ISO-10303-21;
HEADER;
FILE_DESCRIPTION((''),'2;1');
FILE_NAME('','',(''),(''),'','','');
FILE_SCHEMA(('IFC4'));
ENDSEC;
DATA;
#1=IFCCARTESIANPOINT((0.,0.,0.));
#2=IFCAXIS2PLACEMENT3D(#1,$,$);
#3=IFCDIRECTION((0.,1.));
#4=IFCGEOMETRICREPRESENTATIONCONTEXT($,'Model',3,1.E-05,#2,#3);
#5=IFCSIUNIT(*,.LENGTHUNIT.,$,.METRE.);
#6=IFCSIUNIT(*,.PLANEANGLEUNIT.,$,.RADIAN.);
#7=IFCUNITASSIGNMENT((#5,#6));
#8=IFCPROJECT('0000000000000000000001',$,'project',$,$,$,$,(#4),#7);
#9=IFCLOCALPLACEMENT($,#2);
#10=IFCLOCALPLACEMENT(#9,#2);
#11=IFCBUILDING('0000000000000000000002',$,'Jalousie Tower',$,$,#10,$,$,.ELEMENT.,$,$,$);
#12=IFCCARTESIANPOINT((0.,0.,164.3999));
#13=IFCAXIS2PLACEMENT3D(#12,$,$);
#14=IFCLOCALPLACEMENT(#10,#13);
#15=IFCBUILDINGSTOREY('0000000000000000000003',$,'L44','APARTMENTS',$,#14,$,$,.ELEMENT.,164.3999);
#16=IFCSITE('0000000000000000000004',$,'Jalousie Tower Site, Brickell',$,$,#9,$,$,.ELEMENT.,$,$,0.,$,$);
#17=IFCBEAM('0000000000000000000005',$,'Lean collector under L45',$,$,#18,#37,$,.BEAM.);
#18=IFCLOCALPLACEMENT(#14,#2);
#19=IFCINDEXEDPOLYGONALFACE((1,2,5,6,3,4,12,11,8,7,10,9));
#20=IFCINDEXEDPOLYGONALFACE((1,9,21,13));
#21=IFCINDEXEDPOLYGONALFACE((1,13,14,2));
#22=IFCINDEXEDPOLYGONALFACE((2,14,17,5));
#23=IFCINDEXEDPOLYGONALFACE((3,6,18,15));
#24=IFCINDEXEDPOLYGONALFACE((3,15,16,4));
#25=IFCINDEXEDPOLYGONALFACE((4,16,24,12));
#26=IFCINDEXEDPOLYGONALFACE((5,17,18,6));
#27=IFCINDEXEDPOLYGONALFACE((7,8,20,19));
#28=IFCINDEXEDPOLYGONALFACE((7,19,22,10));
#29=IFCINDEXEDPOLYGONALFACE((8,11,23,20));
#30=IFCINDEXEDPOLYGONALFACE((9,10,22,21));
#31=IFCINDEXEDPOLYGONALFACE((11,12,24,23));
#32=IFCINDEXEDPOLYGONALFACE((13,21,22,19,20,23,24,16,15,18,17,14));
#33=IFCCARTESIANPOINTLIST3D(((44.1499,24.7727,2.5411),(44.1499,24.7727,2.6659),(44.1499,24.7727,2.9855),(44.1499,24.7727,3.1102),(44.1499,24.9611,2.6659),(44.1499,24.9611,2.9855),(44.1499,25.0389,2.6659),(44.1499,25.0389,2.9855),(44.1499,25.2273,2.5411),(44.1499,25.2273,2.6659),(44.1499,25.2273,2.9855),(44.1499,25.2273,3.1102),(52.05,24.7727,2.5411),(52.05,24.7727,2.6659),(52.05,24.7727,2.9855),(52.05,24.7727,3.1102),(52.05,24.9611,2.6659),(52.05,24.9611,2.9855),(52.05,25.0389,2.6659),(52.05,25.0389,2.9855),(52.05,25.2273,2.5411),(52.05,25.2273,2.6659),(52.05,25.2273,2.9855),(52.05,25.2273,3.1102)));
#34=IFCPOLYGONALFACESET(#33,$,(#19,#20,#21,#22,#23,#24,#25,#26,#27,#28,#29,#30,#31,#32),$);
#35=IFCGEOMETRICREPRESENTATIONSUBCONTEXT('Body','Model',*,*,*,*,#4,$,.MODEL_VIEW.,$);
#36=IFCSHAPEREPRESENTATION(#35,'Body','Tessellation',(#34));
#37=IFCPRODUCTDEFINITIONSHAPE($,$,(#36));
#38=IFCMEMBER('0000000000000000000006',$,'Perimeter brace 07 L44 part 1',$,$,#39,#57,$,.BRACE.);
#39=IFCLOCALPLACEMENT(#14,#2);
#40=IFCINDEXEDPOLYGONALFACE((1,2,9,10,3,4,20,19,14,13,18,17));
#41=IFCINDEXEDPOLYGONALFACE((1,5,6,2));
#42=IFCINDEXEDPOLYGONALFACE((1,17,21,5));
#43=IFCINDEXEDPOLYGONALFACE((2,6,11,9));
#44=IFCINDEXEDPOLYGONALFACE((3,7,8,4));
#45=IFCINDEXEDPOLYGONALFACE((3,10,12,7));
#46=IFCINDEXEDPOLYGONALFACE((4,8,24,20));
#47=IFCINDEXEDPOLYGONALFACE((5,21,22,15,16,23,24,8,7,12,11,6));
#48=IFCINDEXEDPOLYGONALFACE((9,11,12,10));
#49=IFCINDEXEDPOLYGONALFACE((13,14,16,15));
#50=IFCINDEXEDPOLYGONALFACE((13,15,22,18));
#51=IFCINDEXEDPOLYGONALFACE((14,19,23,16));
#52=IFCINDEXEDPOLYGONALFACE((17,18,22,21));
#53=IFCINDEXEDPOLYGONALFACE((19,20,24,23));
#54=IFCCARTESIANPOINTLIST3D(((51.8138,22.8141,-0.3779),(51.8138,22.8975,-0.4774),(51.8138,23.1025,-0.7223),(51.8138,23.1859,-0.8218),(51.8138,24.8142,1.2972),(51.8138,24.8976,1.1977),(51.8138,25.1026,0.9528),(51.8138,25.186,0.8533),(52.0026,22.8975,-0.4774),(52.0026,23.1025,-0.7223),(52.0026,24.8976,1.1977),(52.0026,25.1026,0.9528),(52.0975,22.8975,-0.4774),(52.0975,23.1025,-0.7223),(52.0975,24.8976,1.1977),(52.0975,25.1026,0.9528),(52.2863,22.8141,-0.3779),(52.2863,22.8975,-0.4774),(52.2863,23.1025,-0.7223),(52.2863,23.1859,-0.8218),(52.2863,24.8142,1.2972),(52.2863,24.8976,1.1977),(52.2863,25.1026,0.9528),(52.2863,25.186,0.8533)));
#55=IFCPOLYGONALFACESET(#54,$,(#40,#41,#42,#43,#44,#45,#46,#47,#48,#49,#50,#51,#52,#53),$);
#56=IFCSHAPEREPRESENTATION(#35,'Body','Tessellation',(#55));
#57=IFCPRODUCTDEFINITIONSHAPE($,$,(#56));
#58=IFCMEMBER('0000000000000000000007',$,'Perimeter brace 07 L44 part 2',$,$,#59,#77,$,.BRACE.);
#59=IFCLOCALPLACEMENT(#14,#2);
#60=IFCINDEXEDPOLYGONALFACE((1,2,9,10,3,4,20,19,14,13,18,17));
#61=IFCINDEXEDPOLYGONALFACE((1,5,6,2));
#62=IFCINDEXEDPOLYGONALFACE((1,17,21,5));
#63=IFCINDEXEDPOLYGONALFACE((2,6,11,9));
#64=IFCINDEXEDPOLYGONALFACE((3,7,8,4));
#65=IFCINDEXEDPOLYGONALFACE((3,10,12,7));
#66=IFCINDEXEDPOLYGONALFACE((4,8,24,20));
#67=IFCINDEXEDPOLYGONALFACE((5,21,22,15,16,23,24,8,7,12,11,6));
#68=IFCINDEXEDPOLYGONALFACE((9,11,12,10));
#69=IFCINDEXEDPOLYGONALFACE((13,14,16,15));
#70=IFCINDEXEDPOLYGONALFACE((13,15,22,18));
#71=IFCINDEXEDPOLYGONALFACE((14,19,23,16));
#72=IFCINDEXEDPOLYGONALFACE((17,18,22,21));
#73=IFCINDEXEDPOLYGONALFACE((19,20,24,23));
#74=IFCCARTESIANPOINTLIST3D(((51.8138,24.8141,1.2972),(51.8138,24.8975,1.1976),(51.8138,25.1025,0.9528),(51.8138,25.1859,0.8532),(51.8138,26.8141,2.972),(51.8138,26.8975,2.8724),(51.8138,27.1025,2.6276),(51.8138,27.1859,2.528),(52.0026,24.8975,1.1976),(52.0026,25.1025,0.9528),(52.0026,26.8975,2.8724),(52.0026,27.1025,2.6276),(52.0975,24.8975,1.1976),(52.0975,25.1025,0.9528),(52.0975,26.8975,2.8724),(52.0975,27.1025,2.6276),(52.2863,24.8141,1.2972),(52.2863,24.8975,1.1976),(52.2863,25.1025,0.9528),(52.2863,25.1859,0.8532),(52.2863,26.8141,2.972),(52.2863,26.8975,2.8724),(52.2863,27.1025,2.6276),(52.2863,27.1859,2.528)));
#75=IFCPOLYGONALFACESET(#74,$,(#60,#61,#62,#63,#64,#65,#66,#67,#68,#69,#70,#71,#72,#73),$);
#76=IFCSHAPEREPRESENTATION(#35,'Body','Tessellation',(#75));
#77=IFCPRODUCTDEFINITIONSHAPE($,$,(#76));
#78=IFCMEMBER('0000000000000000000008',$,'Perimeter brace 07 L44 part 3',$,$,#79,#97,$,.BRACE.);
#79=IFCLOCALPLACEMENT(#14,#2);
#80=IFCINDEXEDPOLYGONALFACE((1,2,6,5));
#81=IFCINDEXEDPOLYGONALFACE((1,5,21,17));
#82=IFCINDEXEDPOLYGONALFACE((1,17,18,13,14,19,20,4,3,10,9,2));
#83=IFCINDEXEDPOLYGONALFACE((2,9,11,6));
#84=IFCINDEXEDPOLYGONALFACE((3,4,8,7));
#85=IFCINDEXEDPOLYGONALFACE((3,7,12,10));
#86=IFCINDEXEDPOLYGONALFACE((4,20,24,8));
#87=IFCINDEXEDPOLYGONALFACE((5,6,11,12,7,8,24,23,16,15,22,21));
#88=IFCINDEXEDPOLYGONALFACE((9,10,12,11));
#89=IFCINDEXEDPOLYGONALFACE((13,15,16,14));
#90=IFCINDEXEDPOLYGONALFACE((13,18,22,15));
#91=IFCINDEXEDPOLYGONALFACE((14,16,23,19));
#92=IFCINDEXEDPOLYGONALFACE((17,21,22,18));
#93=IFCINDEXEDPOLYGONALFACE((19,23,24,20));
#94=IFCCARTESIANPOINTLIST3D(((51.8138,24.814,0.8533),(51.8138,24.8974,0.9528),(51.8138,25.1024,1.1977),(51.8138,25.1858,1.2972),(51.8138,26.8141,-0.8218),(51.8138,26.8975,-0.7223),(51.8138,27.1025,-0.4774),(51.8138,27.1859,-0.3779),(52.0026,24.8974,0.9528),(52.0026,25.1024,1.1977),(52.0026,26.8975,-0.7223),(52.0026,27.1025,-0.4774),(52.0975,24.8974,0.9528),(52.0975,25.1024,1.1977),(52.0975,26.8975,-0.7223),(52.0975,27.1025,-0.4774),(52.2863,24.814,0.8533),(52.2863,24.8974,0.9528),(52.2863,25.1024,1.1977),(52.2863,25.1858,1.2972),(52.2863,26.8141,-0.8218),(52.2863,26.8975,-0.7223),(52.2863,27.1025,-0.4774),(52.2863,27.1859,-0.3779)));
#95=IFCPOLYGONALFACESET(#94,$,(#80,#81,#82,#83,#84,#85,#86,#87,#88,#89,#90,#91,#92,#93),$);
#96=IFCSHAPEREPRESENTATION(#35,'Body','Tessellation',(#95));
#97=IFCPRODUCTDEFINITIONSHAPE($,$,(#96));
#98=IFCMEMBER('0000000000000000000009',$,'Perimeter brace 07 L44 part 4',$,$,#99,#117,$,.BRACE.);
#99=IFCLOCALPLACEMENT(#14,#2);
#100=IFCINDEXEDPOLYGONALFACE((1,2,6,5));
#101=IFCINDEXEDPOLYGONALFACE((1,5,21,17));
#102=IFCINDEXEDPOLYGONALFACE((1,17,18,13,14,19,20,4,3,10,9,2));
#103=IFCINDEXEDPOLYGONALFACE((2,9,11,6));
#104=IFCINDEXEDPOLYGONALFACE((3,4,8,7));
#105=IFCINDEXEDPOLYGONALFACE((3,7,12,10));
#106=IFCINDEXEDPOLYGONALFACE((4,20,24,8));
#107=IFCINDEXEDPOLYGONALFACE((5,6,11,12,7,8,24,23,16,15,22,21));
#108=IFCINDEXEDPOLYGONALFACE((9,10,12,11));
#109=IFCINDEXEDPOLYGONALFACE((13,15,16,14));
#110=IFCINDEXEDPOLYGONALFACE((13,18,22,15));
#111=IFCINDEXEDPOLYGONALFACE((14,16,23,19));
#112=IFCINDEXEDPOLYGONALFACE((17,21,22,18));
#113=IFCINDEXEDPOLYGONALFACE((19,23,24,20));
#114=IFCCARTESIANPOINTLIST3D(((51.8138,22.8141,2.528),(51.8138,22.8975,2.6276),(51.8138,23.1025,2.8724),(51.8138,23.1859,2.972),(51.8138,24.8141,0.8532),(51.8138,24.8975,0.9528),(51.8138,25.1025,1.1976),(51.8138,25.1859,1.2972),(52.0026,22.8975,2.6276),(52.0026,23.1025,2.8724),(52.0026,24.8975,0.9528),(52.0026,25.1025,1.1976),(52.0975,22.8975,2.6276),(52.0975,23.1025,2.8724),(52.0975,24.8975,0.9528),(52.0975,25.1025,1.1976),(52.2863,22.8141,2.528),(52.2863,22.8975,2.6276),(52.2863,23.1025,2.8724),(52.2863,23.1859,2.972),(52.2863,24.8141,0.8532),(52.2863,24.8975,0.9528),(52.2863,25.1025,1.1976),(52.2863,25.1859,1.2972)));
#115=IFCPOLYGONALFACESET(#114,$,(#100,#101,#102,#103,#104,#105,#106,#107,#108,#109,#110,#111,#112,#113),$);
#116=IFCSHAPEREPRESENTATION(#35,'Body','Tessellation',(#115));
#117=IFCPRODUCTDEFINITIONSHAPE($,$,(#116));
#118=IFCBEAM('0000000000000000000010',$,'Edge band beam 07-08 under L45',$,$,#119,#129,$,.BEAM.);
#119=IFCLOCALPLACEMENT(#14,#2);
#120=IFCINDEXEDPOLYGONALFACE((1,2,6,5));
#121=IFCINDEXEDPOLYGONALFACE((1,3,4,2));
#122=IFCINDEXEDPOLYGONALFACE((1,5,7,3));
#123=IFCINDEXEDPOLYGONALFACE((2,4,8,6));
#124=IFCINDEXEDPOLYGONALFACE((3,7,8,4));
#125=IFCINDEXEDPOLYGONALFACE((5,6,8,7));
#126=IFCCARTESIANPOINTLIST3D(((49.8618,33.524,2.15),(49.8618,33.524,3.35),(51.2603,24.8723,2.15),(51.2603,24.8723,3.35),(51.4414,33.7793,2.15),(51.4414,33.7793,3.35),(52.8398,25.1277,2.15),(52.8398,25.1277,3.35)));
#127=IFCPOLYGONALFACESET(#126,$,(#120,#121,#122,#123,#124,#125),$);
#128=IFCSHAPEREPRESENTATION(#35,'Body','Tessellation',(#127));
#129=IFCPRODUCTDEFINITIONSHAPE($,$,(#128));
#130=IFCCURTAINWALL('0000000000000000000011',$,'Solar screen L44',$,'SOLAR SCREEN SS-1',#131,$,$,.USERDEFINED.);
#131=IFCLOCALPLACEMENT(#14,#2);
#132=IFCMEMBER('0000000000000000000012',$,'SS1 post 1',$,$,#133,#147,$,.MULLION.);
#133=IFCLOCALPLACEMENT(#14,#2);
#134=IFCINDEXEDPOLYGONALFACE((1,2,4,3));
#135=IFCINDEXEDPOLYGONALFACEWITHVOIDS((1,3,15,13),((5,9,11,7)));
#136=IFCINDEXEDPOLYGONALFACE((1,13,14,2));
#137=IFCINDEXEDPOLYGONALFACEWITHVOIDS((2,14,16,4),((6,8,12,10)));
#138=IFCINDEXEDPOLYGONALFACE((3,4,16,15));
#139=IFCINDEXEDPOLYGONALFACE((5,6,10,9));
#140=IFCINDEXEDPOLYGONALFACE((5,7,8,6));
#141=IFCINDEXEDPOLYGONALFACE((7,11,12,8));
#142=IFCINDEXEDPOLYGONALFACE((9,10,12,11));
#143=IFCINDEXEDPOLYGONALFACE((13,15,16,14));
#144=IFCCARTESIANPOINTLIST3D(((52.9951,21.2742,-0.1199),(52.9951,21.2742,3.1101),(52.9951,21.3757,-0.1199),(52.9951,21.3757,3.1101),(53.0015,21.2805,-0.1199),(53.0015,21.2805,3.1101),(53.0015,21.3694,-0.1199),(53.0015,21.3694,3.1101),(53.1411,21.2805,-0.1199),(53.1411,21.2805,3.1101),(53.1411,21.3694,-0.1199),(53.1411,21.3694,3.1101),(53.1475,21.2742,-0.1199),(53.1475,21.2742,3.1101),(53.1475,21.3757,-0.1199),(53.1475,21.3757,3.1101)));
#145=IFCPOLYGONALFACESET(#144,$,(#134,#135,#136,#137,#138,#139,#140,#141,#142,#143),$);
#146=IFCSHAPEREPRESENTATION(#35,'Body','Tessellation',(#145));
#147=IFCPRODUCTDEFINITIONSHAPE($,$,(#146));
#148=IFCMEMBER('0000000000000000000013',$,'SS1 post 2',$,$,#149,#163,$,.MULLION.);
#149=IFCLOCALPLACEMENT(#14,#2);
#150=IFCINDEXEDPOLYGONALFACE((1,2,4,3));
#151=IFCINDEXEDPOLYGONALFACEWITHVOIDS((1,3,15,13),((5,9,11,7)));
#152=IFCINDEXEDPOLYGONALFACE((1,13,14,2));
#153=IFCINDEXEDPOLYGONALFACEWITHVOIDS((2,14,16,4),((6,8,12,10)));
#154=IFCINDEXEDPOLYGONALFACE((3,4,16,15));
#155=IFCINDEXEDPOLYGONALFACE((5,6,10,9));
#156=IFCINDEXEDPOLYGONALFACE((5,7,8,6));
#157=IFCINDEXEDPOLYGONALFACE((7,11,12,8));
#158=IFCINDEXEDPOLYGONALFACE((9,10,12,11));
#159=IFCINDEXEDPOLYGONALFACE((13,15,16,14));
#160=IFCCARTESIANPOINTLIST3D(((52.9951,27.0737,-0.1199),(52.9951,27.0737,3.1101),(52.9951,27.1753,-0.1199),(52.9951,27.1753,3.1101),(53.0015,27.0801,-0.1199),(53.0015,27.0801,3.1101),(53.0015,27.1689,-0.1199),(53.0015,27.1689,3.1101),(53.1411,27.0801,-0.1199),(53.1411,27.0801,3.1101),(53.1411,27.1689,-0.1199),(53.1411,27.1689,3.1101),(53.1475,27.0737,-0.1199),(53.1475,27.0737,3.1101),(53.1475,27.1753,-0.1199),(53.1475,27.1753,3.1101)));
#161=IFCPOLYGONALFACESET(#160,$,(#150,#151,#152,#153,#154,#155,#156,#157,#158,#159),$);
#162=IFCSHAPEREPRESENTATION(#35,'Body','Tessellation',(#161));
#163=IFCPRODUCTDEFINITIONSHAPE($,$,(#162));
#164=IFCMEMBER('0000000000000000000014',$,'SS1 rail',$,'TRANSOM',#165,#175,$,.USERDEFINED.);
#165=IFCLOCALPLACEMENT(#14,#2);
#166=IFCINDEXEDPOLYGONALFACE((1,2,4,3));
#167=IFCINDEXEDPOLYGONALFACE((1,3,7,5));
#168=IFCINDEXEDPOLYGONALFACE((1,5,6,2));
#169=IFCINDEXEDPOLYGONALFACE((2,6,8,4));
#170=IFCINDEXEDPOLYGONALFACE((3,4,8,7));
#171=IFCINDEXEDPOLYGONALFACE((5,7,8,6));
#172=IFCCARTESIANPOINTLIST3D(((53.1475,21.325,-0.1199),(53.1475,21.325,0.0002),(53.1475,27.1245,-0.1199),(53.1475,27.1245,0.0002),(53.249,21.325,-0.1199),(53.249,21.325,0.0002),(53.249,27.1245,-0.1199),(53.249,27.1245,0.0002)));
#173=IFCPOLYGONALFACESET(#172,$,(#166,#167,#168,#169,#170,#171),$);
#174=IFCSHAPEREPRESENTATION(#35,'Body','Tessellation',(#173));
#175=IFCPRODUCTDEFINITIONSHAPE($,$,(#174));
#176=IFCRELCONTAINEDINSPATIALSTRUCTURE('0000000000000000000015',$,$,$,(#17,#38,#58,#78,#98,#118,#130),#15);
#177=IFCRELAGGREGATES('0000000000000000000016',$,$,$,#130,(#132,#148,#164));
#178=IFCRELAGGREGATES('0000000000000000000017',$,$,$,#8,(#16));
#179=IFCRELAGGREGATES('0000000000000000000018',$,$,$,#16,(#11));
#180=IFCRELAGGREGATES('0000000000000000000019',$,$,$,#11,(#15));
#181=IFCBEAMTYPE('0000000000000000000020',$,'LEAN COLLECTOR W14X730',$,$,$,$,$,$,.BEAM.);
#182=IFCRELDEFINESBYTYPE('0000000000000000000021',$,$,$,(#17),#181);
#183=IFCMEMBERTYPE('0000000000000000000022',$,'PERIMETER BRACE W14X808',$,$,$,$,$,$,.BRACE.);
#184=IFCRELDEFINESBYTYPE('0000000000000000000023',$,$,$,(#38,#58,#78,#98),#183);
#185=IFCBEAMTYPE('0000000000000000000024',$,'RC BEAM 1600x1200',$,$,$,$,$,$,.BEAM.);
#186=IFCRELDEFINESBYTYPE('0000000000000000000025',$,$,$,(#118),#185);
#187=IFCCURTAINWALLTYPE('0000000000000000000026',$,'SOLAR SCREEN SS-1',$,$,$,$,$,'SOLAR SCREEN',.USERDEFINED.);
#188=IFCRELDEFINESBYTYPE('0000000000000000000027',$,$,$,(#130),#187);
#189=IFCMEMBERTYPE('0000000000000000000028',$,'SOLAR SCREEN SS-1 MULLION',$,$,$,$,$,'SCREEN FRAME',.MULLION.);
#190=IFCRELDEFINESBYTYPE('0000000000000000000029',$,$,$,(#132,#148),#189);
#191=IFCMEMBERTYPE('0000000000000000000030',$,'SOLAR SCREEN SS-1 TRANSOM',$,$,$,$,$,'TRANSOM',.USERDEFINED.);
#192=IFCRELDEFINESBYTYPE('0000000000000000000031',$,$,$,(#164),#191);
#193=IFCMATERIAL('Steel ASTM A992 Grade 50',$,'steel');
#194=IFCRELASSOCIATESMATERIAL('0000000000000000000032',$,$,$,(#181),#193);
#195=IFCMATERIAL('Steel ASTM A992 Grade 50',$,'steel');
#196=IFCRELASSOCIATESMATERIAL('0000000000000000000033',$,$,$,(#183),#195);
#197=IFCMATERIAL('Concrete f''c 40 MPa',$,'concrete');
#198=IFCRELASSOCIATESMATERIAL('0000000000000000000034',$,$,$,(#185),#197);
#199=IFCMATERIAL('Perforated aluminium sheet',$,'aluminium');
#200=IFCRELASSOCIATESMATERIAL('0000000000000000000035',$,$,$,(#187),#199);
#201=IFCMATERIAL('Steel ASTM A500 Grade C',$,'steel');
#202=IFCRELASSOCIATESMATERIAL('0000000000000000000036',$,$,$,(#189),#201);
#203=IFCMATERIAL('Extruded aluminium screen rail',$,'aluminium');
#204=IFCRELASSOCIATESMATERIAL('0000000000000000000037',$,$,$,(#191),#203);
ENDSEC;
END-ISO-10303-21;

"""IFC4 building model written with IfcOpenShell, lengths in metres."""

from ifc_helpers import new_model, si_unit, direction, frame, origin, origin_2d, place, context, subcontext, project, spatial, rectangle, hollow_rectangle, i_section, extrude, material, material_profile, profile_set, type_object, element, aggregate, save


model = new_model("IFC4")

# Units and contexts
model_context = context("Model", 3, precision=1e-05, world=origin(), true_north=direction((0.0, 1.0)))
body_context = subcontext(model_context, "Body", "Model", "MODEL_VIEW")
ifc_project = project(units=[si_unit("LENGTHUNIT", "METRE"), si_unit("PLANEANGLEUNIT", "RADIAN")], contexts=[model_context])

# Site, building, storey
site_placement = place(None, origin())
site = spatial("IfcSite", under=ifc_project, at=site_placement, Name="Jalousie Tower Site, Brickell", CompositionType="ELEMENT", RefElevation=0.0)
building_placement = place(site_placement, origin())
building = spatial("IfcBuilding", under=site, at=building_placement, Name="Jalousie Tower", CompositionType="ELEMENT")
storey_placement = place(building_placement, frame((0.0, 0.0, 164.3999)))
storey = spatial("IfcBuildingStorey", under=building, at=storey_placement, Name="L44", Description="APARTMENTS", CompositionType="ELEMENT", Elevation=164.3999)

# Beam
ifc_material_1 = material(Name="Steel ASTM A992 Grade 50", Category="steel")
ifc_material_profile_1 = material_profile(ifc_material_1, i_section(OverallWidth=0.4546, OverallDepth=0.5691, WebThickness=0.0779, FlangeThickness=0.1248, at=origin_2d()), Name="W14X730")
ifc_profile_set_1 = profile_set([ifc_material_profile_1], Name="Steel ASTM A992 Grade 50")
beam_type_1 = type_object("IfcBeamType", Name="LEAN COLLECTOR W14X730", PredefinedType="BEAM", material=ifc_profile_set_1)
beam_1_placement = place(storey_placement, frame((52.05, 25.0, 2.8257), z_axis=(-1.0, 0.0, 0.0), x_axis=(0.0, -1.0, 0.0)))
element("IfcBeam", 1, at=beam_1_placement, inside=storey, type_object=beam_type_1, Name="Lean collector under L45", PredefinedType="BEAM", context=body_context, shape_type="SweptSolid", body=[
    extrude(i_section(OverallWidth=0.4546, OverallDepth=0.5691, WebThickness=0.0779, FlangeThickness=0.1248, at=origin_2d()), origin(), (0.0, 0.0, 1.0), 7.9001),
])

# Members
ifc_material_2 = material(Name="Steel ASTM A992 Grade 50", Category="steel")
ifc_material_profile_2 = material_profile(ifc_material_2, i_section(OverallWidth=0.4724, OverallDepth=0.5791, WebThickness=0.095, FlangeThickness=0.1299, at=origin_2d()), Name="W14X808")
ifc_profile_set_2 = profile_set([ifc_material_profile_2], Name="Steel ASTM A992 Grade 50")
member_type_1 = type_object("IfcMemberType", Name="PERIMETER BRACE W14X808", PredefinedType="BRACE", material=ifc_profile_set_2)
member_1_placement = place(storey_placement, frame((52.05, 23.0, -0.5999), z_axis=(0.0, 0.766639, 0.642079), x_axis=(-1.0, 0.0, 0.0)))
element("IfcMember", 2, at=member_1_placement, inside=storey, type_object=member_type_1, Name="Perimeter brace 07 L44 part 1", PredefinedType="BRACE", context=body_context, shape_type="SweptSolid", body=[
    extrude(i_section(OverallWidth=0.4724, OverallDepth=0.5791, WebThickness=0.095, FlangeThickness=0.1299, at=origin_2d()), origin(), (0.0, 0.0, 1.0), 2.6089),
])
member_2_placement = place(storey_placement, frame((52.05, 25.0, 1.0752), z_axis=(0.0, 0.766685, 0.642024), x_axis=(-1.0, 0.0, 0.0)))
element("IfcMember", 3, at=member_2_placement, inside=storey, type_object=member_type_1, Name="Perimeter brace 07 L44 part 2", PredefinedType="BRACE", context=body_context, shape_type="SweptSolid", body=[
    extrude(i_section(OverallWidth=0.4724, OverallDepth=0.5791, WebThickness=0.095, FlangeThickness=0.1299, at=origin_2d()), origin(), (0.0, 0.0, 1.0), 2.6086),
])
member_3_placement = place(storey_placement, frame((52.05, 27.0, -0.5999), z_axis=(0.0, -0.766639, 0.642079), x_axis=(1.0, 0.0, 0.0)))
element("IfcMember", 4, at=member_3_placement, inside=storey, type_object=member_type_1, Name="Perimeter brace 07 L44 part 3", PredefinedType="BRACE", context=body_context, shape_type="SweptSolid", body=[
    extrude(i_section(OverallWidth=0.4724, OverallDepth=0.5791, WebThickness=0.095, FlangeThickness=0.1299, at=origin_2d()), origin(), (0.0, 0.0, 1.0), 2.6089),
])
member_4_placement = place(storey_placement, frame((52.05, 25.0, 1.0752), z_axis=(0.0, -0.766685, 0.642024), x_axis=(1.0, 0.0, 0.0)))
element("IfcMember", 5, at=member_4_placement, inside=storey, type_object=member_type_1, Name="Perimeter brace 07 L44 part 4", PredefinedType="BRACE", context=body_context, shape_type="SweptSolid", body=[
    extrude(i_section(OverallWidth=0.4724, OverallDepth=0.5791, WebThickness=0.095, FlangeThickness=0.1299, at=origin_2d()), origin(), (0.0, 0.0, 1.0), 2.6086),
])

# Beam
ifc_material_3 = material(Name="Concrete f'c 40 MPa", Category="concrete")
ifc_material_profile_3 = material_profile(ifc_material_3, rectangle(XDim=1.6001, YDim=1.2, at=origin_2d()), Name="RC 1600x1200")
ifc_profile_set_3 = profile_set([ifc_material_profile_3], Name="Concrete f'c 40 MPa")
beam_type_2 = type_object("IfcBeamType", Name="RC BEAM 1600x1200", PredefinedType="BEAM", material=ifc_profile_set_3)
beam_2_placement = place(storey_placement, frame((52.05, 25.0, 2.75), z_axis=(-0.159568, 0.987187, 0.0), x_axis=(-0.987187, -0.159568, 0.0)))
element("IfcBeam", 6, at=beam_2_placement, inside=storey, type_object=beam_type_2, Name="Edge band beam 07-08 under L45", PredefinedType="BEAM", context=body_context, shape_type="SweptSolid", body=[
    extrude(rectangle(XDim=1.6001, YDim=1.2, at=origin_2d()), origin(), (0.0, 0.0, 1.0), 8.7639),
])

# Curtain wall, members
ifc_material_4 = material(Name="Perforated aluminium sheet", Category="aluminium")
curtain_wall_type = type_object("IfcCurtainWallType", Name="SOLAR SCREEN SS-1", ElementType="SOLAR SCREEN", PredefinedType="USERDEFINED", material=ifc_material_4)
curtain_wall_placement = place(storey_placement, origin())
curtain_wall = element("IfcCurtainWall", 7, at=curtain_wall_placement, inside=storey, type_object=curtain_wall_type, Name="Solar screen L44", ObjectType="SOLAR SCREEN SS-1", PredefinedType="USERDEFINED")
ifc_material_5 = material(Name="Steel ASTM A500 Grade C", Category="steel")
ifc_material_profile_4 = material_profile(ifc_material_5, hollow_rectangle(XDim=0.1016, YDim=0.1523, WallThickness=0.0063, at=origin_2d()), Name="HSS6X4X1/4")
ifc_profile_set_4 = profile_set([ifc_material_profile_4], Name="Steel ASTM A500 Grade C")
member_type_2 = type_object("IfcMemberType", Name="SOLAR SCREEN SS-1 MULLION", ElementType="SCREEN FRAME", PredefinedType="MULLION", material=ifc_profile_set_4)
member_5_placement = place(storey_placement, frame((53.0713, 21.325, -0.1199), z_axis=(0.0, 0.0, 1.0), x_axis=(0.0, 1.0, 0.0)))
member_5 = element("IfcMember", 8, at=member_5_placement, type_object=member_type_2, Name="SS1 post 1", PredefinedType="MULLION", context=body_context, shape_type="SweptSolid", body=[
    extrude(hollow_rectangle(XDim=0.1016, YDim=0.1523, WallThickness=0.0063, at=origin_2d()), origin(), (0.0, 0.0, 1.0), 3.23),
])
member_6_placement = place(storey_placement, frame((53.0713, 27.1245, -0.1199), z_axis=(0.0, 0.0, 1.0), x_axis=(0.0, 1.0, 0.0)))
member_6 = element("IfcMember", 9, at=member_6_placement, type_object=member_type_2, Name="SS1 post 2", PredefinedType="MULLION", context=body_context, shape_type="SweptSolid", body=[
    extrude(hollow_rectangle(XDim=0.1016, YDim=0.1523, WallThickness=0.0063, at=origin_2d()), origin(), (0.0, 0.0, 1.0), 3.23),
])
ifc_material_6 = material(Name="Extruded aluminium screen rail", Category="aluminium")
ifc_material_profile_5 = material_profile(ifc_material_6, rectangle(XDim=0.1016, YDim=0.1201, at=origin_2d()), Name="RAIL 102x120")
ifc_profile_set_5 = profile_set([ifc_material_profile_5], Name="Extruded aluminium screen rail")
member_type_3 = type_object("IfcMemberType", Name="SOLAR SCREEN SS-1 TRANSOM", ElementType="TRANSOM", PredefinedType="USERDEFINED", material=ifc_profile_set_5)
member_7_placement = place(storey_placement, frame((53.1982, 21.325, -0.0598), z_axis=(0.0, 1.0, 0.0), x_axis=(-1.0, 0.0, 0.0)))
member_7 = element("IfcMember", 10, at=member_7_placement, type_object=member_type_3, Name="SS1 rail", ObjectType="TRANSOM", PredefinedType="USERDEFINED", context=body_context, shape_type="SweptSolid", body=[
    extrude(rectangle(XDim=0.1016, YDim=0.1201, at=origin_2d()), origin(), (0.0, 0.0, 1.0), 5.7996),
])
aggregate(curtain_wall, [member_5, member_6, member_7])

save(model, "model.ifc")
